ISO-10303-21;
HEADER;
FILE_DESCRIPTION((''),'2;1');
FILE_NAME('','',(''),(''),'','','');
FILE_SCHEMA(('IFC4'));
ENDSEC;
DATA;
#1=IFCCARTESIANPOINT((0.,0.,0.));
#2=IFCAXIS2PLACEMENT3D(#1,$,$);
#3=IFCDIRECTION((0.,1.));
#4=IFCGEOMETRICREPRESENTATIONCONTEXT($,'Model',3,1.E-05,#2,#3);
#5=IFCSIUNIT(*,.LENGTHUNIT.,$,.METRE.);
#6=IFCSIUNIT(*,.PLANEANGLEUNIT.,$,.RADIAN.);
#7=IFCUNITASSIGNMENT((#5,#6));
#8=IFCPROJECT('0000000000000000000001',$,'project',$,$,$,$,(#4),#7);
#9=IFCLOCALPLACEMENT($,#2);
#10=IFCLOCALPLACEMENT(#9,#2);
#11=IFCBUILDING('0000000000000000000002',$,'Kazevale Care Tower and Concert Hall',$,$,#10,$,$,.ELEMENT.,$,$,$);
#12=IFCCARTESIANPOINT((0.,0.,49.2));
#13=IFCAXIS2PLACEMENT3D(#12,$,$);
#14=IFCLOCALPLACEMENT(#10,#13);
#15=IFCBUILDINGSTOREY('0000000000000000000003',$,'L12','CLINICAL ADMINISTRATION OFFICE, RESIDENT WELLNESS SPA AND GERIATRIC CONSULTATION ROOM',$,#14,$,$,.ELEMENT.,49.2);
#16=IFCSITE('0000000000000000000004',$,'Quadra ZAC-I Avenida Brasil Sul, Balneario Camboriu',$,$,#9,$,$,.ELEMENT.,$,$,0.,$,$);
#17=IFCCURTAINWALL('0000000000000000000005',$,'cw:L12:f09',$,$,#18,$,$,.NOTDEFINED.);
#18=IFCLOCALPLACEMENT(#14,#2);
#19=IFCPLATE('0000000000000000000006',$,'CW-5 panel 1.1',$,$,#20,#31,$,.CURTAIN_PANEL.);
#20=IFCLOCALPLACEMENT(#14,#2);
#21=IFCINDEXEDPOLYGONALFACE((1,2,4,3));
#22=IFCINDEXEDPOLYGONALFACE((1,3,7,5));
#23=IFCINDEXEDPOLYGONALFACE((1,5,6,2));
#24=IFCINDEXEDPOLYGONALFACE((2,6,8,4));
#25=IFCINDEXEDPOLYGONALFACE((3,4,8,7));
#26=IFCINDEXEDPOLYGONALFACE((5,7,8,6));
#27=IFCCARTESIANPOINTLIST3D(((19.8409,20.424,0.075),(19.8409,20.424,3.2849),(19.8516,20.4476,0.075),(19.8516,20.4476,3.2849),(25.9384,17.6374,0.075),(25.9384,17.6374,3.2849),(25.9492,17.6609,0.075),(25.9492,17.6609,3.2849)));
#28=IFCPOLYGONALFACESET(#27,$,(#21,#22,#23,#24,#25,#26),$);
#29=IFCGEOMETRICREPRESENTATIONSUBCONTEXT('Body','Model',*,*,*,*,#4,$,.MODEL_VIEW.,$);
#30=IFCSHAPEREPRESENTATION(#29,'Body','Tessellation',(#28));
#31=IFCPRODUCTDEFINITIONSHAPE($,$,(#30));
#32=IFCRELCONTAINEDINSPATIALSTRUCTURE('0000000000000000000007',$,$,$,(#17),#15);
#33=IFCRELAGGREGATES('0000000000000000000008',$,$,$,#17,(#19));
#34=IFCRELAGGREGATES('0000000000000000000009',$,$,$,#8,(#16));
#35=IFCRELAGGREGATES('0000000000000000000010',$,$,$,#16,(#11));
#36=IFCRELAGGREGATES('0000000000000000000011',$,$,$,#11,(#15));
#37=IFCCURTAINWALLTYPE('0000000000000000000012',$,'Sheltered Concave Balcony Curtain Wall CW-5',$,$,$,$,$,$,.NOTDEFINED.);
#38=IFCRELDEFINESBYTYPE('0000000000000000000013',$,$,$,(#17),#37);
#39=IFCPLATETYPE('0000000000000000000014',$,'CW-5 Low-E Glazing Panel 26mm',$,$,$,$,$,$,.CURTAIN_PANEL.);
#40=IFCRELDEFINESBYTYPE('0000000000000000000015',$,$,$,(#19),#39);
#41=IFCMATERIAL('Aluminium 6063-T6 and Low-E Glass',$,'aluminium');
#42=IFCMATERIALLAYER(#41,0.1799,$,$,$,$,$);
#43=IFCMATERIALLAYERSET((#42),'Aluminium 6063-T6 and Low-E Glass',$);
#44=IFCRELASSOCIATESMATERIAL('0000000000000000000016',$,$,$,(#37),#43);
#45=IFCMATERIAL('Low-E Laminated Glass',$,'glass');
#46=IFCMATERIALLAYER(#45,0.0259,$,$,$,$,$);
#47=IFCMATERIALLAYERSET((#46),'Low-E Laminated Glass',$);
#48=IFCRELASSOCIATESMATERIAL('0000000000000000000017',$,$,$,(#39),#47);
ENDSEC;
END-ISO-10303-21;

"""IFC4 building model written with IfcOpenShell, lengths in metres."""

from ifc_helpers import new_model, si_unit, direction, frame, origin, origin_2d, place, context, subcontext, project, spatial, rectangle, extrude, material, layer, layer_set, type_object, element, aggregate, save


model = new_model("IFC4")

# Units and contexts
model_context = context("Model", 3, precision=1e-05, world=origin(), true_north=direction((0.0, 1.0)))
body_context = subcontext(model_context, "Body", "Model", "MODEL_VIEW")
ifc_project = project(units=[si_unit("LENGTHUNIT", "METRE"), si_unit("PLANEANGLEUNIT", "RADIAN")], contexts=[model_context])

# Site, building, storey
site_placement = place(None, origin())
site = spatial("IfcSite", under=ifc_project, at=site_placement, Name="Quadra ZAC-I Avenida Brasil Sul, Balneario Camboriu", CompositionType="ELEMENT", RefElevation=0.0)
building_placement = place(site_placement, origin())
building = spatial("IfcBuilding", under=site, at=building_placement, Name="Kazevale Care Tower and Concert Hall", CompositionType="ELEMENT")
storey_placement = place(building_placement, frame((0.0, 0.0, 49.2)))
storey = spatial("IfcBuildingStorey", under=building, at=storey_placement, Name="L12", Description="CLINICAL ADMINISTRATION OFFICE, RESIDENT WELLNESS SPA AND GERIATRIC CONSULTATION ROOM", CompositionType="ELEMENT", Elevation=49.2)

# Shared definitions
ifc_material_1 = material(Name="Aluminium 6063-T6 and Low-E Glass", Category="aluminium")
ifc_layer_1 = layer(ifc_material_1, 0.1799)
ifc_layer_set_1 = layer_set([ifc_layer_1], Name="Aluminium 6063-T6 and Low-E Glass")
curtain_wall_type = type_object("IfcCurtainWallType", Name="Sheltered Concave Balcony Curtain Wall CW-5", PredefinedType="NOTDEFINED", material=ifc_layer_set_1)

# Curtain wall
curtain_wall_1_placement = place(storey_placement, origin())
curtain_wall_1 = element("IfcCurtainWall", 1, at=curtain_wall_1_placement, inside=storey, type_object=curtain_wall_type, Name="cw:L12:f09", PredefinedType="NOTDEFINED")

# Plate
ifc_material_2 = material(Name="Low-E Laminated Glass", Category="glass")
ifc_layer_2 = layer(ifc_material_2, 0.0259)
ifc_layer_set_2 = layer_set([ifc_layer_2], Name="Low-E Laminated Glass")
plate_type = type_object("IfcPlateType", Name="CW-5 Low-E Glazing Panel 26mm", PredefinedType="CURTAIN_PANEL", material=ifc_layer_set_2)
plate_1_placement = place(storey_placement, frame((22.895, 19.0425, 0.075), z_axis=(0.0, 0.0, 1.0), x_axis=(-0.90952, 0.41566, 0.0)))
plate_1 = element("IfcPlate", 2, at=plate_1_placement, type_object=plate_type, Name="CW-5 panel 1.1", PredefinedType="CURTAIN_PANEL", context=body_context, shape_type="SweptSolid", body=[
    extrude(rectangle(XDim=6.7041, YDim=0.0259, at=origin_2d()), origin(), (0.0, 0.0, 1.0), 3.21),
])
aggregate(curtain_wall_1, [plate_1])

save(model, "model.ifc")
